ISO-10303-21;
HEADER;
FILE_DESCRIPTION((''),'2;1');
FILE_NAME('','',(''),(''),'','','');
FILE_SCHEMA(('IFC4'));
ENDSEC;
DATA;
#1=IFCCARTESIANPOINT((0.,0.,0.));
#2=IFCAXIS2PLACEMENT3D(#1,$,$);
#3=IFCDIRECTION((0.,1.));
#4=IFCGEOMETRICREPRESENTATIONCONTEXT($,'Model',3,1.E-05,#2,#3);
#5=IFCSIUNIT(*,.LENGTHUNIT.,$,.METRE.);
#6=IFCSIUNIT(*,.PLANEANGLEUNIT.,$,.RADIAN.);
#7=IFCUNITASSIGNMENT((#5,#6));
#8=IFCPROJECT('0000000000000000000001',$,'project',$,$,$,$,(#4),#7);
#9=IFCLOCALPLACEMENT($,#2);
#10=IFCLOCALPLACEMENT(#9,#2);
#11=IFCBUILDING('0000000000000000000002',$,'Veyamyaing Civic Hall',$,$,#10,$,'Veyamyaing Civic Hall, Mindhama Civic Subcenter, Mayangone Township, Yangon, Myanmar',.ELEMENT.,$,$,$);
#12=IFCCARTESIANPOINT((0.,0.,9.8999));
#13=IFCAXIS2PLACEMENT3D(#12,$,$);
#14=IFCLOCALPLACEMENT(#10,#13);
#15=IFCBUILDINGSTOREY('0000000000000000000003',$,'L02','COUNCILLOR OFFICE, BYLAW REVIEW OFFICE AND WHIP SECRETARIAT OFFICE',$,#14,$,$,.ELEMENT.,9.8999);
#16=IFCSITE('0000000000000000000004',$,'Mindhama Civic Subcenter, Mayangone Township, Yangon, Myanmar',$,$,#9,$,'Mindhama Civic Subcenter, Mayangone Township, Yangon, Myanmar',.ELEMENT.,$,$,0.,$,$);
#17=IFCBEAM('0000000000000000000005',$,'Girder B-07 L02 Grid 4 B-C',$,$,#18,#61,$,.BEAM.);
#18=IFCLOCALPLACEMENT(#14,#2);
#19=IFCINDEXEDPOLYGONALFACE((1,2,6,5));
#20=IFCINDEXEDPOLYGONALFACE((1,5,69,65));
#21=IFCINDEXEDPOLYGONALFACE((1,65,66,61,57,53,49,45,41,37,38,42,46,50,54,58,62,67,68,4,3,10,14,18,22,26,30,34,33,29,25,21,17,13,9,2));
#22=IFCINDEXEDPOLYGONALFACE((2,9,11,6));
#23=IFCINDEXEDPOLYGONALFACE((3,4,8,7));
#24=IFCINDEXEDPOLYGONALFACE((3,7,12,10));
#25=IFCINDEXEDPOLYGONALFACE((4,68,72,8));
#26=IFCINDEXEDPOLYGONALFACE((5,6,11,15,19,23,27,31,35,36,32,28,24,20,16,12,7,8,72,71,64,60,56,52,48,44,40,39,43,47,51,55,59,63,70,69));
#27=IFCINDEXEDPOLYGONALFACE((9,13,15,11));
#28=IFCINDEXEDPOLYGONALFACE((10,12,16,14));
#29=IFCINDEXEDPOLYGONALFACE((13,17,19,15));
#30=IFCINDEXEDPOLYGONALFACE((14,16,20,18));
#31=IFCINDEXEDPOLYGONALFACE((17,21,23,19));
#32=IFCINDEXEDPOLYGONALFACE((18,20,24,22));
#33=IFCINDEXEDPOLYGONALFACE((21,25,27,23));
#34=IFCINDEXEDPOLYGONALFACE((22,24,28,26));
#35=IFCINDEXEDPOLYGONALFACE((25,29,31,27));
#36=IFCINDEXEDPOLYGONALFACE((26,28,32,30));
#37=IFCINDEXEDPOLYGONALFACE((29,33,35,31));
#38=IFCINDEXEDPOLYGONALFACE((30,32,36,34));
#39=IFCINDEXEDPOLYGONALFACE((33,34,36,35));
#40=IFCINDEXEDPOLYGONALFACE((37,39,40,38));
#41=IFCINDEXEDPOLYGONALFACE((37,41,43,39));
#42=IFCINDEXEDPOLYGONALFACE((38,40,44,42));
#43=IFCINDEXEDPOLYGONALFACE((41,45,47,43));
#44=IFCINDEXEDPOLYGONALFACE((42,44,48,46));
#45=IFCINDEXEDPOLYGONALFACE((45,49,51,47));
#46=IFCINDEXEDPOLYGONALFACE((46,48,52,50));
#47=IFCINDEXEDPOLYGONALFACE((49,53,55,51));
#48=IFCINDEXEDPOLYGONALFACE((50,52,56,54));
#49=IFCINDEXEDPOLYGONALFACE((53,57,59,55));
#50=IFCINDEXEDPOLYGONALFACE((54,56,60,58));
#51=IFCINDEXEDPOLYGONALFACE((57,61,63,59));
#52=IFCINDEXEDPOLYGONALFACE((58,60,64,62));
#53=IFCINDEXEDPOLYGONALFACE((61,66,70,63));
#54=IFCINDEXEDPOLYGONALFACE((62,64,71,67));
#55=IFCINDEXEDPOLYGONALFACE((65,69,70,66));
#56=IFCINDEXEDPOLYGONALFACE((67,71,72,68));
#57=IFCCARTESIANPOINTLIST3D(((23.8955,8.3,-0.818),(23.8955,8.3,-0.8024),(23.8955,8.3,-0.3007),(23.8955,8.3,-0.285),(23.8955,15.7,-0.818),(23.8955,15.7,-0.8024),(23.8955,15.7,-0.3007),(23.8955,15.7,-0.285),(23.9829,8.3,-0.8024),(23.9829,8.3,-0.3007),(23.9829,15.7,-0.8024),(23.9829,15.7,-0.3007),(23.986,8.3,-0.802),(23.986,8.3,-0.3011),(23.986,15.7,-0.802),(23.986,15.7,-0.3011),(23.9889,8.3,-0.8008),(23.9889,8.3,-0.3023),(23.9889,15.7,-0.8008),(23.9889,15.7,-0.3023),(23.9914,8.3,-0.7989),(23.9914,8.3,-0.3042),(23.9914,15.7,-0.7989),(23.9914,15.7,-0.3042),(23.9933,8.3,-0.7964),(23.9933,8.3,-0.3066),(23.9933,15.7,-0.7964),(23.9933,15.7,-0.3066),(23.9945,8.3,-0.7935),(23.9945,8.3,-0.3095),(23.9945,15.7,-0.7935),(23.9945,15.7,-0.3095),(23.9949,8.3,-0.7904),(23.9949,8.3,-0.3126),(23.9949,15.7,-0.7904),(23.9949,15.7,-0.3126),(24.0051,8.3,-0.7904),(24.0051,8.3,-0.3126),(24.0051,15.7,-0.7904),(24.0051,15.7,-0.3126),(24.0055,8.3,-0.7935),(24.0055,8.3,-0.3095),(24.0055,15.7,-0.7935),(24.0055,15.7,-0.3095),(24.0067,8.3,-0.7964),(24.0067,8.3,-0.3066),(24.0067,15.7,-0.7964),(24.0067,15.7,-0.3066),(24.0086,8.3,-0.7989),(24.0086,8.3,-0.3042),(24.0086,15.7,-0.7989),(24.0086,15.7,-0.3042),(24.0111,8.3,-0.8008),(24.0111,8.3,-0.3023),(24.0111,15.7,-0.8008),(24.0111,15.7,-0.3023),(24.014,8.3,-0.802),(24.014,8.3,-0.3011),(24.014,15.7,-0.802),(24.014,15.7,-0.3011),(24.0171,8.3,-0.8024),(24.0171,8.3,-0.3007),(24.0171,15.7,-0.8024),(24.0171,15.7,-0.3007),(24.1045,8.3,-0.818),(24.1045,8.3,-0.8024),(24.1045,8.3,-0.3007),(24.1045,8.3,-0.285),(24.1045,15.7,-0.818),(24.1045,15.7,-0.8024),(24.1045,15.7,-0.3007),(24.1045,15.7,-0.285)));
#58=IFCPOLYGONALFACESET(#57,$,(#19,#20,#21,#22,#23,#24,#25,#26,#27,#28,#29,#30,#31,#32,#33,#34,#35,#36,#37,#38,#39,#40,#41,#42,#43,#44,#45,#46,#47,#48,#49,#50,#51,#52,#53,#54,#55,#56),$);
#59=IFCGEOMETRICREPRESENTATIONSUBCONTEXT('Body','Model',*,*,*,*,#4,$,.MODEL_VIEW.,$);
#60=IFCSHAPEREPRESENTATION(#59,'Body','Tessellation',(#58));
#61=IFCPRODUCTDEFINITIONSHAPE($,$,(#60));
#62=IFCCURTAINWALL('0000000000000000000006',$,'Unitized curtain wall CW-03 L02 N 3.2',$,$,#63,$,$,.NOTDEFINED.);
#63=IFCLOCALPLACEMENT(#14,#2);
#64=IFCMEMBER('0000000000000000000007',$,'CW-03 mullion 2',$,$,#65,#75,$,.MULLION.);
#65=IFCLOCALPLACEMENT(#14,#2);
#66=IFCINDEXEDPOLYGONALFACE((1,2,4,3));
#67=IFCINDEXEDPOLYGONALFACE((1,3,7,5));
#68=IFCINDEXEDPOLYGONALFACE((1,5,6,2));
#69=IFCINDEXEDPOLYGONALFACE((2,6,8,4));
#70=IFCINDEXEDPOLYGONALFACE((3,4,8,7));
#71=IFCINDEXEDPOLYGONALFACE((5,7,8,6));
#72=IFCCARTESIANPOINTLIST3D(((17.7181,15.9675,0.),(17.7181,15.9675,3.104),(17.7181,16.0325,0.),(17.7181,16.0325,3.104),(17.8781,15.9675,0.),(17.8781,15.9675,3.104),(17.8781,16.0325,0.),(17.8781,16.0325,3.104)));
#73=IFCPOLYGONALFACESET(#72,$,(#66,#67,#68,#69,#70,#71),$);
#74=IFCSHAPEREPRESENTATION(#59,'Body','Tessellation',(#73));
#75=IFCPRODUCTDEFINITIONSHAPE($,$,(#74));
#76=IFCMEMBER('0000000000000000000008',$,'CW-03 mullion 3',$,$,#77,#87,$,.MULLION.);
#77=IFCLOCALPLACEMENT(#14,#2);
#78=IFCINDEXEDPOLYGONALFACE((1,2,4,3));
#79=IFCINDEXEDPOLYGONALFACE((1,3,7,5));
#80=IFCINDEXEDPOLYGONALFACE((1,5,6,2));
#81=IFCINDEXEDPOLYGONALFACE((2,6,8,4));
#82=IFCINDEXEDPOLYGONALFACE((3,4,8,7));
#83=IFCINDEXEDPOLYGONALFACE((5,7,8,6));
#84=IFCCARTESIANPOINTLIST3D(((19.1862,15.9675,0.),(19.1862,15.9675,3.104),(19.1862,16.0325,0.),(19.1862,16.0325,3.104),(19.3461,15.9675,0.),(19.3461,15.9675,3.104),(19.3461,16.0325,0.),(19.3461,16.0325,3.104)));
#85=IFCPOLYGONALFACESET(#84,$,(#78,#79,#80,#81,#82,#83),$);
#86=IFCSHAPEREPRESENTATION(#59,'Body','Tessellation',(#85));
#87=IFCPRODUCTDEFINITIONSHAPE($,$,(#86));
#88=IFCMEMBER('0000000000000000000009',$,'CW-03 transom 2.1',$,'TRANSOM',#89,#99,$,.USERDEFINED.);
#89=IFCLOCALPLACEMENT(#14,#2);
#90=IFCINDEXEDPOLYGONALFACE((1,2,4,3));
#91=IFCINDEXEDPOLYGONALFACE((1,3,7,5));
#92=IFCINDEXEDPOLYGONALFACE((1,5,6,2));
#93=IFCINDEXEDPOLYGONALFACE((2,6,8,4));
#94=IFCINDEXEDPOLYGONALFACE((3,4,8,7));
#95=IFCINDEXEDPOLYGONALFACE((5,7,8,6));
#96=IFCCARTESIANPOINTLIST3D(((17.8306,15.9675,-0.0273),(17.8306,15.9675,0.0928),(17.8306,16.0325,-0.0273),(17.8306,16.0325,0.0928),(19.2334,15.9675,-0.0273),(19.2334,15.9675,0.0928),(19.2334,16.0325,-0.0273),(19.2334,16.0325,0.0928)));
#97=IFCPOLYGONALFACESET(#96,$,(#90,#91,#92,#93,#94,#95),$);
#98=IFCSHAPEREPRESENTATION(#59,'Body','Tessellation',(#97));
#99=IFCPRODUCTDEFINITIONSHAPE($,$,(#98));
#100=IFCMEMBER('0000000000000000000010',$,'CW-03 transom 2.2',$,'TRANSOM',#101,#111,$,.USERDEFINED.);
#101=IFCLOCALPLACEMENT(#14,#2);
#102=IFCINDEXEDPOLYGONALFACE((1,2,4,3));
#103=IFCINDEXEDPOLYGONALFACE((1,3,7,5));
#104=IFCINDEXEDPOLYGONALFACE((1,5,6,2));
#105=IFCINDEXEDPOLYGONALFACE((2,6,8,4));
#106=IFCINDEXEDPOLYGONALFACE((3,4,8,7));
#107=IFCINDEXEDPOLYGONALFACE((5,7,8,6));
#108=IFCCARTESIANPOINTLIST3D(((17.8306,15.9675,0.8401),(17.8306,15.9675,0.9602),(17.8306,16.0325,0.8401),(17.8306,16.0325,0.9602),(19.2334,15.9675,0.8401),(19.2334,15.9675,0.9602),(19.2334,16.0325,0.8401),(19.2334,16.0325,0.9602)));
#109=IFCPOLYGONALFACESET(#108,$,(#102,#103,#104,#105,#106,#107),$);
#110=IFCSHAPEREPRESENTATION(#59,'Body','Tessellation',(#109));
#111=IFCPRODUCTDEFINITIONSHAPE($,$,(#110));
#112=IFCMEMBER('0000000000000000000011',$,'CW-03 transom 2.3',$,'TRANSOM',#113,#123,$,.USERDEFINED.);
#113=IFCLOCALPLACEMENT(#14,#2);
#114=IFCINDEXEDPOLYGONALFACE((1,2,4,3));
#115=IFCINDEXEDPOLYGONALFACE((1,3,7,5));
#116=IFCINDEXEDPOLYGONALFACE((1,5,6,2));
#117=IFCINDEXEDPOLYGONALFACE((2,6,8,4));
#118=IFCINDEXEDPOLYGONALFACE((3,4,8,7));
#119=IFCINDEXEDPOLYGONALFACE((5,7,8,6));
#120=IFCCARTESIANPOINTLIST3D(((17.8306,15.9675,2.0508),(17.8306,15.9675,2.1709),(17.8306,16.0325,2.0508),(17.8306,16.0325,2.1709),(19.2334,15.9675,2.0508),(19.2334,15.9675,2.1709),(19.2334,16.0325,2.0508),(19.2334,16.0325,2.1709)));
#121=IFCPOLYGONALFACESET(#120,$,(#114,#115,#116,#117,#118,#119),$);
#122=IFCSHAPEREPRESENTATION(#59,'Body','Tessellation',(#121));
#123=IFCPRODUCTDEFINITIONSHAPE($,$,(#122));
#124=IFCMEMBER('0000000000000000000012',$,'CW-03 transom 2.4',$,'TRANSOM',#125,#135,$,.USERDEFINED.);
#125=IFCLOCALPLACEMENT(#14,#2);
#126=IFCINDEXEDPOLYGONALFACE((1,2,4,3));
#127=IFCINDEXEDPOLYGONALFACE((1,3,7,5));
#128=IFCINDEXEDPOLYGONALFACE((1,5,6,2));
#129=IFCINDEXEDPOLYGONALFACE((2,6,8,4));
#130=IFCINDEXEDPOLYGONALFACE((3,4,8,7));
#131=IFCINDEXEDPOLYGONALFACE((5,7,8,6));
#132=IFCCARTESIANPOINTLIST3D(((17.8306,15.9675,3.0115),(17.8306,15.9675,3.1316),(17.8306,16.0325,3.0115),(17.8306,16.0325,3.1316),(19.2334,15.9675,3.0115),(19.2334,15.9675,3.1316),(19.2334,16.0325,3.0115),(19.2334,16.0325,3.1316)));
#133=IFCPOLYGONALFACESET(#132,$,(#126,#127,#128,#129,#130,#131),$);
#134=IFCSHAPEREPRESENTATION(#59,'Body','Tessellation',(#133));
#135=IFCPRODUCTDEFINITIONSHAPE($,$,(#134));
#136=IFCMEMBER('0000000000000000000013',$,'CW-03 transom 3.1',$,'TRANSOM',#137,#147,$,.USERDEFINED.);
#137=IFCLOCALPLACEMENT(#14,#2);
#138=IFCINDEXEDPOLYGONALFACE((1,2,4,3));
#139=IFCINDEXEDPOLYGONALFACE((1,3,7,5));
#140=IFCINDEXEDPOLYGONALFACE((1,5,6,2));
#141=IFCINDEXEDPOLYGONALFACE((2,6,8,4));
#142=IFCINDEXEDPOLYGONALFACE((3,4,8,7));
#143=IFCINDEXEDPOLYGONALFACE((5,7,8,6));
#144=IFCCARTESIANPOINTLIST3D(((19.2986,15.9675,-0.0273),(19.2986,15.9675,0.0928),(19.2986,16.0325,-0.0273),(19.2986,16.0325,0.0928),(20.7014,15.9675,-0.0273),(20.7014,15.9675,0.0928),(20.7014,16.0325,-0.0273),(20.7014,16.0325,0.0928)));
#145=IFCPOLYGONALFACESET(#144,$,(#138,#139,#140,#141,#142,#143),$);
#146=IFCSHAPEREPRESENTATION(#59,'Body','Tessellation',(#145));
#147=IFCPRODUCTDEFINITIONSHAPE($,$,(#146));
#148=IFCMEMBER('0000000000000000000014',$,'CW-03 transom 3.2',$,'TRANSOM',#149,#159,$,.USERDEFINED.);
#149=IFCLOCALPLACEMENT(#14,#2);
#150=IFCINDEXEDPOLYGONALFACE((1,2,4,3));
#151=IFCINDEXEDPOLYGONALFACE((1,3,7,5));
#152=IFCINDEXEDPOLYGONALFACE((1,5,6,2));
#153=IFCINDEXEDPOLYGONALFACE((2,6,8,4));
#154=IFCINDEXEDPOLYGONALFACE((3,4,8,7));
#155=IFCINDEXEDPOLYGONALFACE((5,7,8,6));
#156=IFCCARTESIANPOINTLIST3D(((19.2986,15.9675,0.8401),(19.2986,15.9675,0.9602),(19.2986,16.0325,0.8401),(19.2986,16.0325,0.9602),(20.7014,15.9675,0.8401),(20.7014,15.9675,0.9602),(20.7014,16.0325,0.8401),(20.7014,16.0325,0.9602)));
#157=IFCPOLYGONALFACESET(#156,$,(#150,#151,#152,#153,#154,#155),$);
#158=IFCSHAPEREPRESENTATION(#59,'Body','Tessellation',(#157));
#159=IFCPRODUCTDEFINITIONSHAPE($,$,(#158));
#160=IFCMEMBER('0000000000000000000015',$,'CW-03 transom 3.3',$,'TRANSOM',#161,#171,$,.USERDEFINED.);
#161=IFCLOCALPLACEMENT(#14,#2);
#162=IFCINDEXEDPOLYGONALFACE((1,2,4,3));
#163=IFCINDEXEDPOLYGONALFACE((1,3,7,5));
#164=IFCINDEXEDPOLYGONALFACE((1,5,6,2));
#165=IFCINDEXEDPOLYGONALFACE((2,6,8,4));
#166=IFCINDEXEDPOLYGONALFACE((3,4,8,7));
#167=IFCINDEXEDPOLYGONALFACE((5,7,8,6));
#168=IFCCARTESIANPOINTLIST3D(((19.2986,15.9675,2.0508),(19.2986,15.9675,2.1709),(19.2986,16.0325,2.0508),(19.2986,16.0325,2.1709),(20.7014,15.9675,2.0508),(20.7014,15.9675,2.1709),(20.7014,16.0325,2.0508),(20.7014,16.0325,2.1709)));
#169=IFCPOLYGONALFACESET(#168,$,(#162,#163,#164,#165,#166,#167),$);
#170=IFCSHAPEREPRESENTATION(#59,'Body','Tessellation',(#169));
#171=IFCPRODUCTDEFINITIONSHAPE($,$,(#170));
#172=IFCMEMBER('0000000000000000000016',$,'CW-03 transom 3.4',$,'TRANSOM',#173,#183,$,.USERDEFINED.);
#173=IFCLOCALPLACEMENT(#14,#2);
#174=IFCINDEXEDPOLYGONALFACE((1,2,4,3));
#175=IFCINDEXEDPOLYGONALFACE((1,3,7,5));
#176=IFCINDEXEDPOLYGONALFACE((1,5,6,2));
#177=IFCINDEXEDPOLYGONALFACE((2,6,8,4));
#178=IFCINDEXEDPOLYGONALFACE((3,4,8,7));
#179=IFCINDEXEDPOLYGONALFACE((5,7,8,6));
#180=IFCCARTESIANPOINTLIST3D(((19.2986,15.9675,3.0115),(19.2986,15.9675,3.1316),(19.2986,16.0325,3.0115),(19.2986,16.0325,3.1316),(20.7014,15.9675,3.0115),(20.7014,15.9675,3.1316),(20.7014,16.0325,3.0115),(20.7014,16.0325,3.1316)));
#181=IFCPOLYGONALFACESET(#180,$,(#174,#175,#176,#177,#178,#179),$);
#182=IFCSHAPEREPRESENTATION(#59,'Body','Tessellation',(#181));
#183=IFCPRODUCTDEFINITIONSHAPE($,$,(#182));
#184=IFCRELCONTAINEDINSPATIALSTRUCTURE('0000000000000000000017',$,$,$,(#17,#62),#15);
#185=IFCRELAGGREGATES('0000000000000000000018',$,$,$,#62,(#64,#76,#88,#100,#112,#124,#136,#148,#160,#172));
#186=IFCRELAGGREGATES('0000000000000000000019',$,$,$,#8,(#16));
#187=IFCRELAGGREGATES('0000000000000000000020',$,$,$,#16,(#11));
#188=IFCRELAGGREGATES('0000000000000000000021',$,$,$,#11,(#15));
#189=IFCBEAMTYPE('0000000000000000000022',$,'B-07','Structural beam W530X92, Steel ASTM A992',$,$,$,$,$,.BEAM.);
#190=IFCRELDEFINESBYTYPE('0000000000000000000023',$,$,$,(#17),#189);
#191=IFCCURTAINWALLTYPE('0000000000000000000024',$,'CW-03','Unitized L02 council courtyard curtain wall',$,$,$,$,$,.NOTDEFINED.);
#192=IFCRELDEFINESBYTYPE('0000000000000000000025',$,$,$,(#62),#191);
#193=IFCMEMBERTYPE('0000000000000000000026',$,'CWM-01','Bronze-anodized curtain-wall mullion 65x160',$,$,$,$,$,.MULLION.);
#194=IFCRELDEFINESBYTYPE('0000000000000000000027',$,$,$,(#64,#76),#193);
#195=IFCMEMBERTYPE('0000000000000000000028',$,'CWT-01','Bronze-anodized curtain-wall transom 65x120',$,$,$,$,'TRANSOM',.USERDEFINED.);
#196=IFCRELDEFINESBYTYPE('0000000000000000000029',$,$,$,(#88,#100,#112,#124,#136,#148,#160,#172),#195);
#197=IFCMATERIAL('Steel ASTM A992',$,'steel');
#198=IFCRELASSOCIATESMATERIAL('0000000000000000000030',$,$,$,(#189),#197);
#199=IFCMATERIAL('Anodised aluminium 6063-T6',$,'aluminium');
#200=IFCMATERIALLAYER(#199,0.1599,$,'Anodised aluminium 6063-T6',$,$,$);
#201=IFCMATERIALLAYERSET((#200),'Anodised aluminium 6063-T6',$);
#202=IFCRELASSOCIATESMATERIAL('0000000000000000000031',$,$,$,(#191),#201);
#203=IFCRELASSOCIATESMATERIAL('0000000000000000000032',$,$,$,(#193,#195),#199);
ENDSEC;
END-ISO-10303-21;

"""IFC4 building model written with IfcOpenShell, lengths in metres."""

from ifc_helpers import new_model, si_unit, direction, frame, origin, origin_2d, place, context, subcontext, project, spatial, rectangle, i_section, extrude, material, layer, layer_set, material_profile, profile_set, type_object, element, aggregate, save


model = new_model("IFC4")

# Units and contexts
model_context = context("Model", 3, precision=1e-05, world=origin(), true_north=direction((0.0, 1.0)))
body_context = subcontext(model_context, "Body", "Model", "MODEL_VIEW")
ifc_project = project(units=[si_unit("LENGTHUNIT", "METRE"), si_unit("PLANEANGLEUNIT", "RADIAN")], contexts=[model_context])

# Site, building, storey
site_placement = place(None, origin())
site = spatial("IfcSite", under=ifc_project, at=site_placement, Name="Mindhama Civic Subcenter, Mayangone Township, Yangon, Myanmar", LongName="Mindhama Civic Subcenter, Mayangone Township, Yangon, Myanmar", CompositionType="ELEMENT", RefElevation=0.0)
building_placement = place(site_placement, origin())
building = spatial("IfcBuilding", under=site, at=building_placement, Name="Veyamyaing Civic Hall", LongName="Veyamyaing Civic Hall, Mindhama Civic Subcenter, Mayangone Township, Yangon, Myanmar", CompositionType="ELEMENT")
storey_placement = place(building_placement, frame((0.0, 0.0, 9.8999)))
storey = spatial("IfcBuildingStorey", under=building, at=storey_placement, Name="L02", Description="COUNCILLOR OFFICE, BYLAW REVIEW OFFICE AND WHIP SECRETARIAT OFFICE", CompositionType="ELEMENT", Elevation=9.8999)

# Beam
ifc_material_1 = material(Name="Steel ASTM A992", Category="steel")
ifc_material_profile_1 = material_profile(ifc_material_1, i_section(OverallWidth=0.209, OverallDepth=0.533, WebThickness=0.0103, FlangeThickness=0.0156, FilletRadius=0.012, at=origin_2d()), Name="W530X92")
ifc_profile_set_1 = profile_set([ifc_material_profile_1], Name="Steel ASTM A992")
beam_type_1 = type_object("IfcBeamType", Name="B-07", Description="Structural beam W530X92, Steel ASTM A992", PredefinedType="BEAM", material=ifc_profile_set_1)
beam_placement = place(storey_placement, frame((24.0, 8.3, -0.5515), z_axis=(0.0, 1.0, 0.0), x_axis=(-1.0, 0.0, 0.0)))
element("IfcBeam", 1, at=beam_placement, inside=storey, type_object=beam_type_1, Name="Girder B-07 L02 Grid 4 B-C", PredefinedType="BEAM", context=body_context, shape_type="SweptSolid", body=[
    extrude(i_section(OverallWidth=0.209, OverallDepth=0.533, WebThickness=0.0103, FlangeThickness=0.0156, FilletRadius=0.012, at=origin_2d()), origin(), (0.0, 0.0, 1.0), 7.3999),
])

# Curtain wall, members
ifc_material_2 = material(Name="Anodised aluminium 6063-T6", Category="aluminium")
ifc_layer_1 = layer(ifc_material_2, 0.1599, Name="Anodised aluminium 6063-T6")
ifc_layer_set_1 = layer_set([ifc_layer_1], Name="Anodised aluminium 6063-T6")
curtain_wall_type = type_object("IfcCurtainWallType", Name="CW-03", Description="Unitized L02 council courtyard curtain wall", PredefinedType="NOTDEFINED", material=ifc_layer_set_1)
curtain_wall_placement = place(storey_placement, origin())
curtain_wall = element("IfcCurtainWall", 2, at=curtain_wall_placement, inside=storey, type_object=curtain_wall_type, Name="Unitized curtain wall CW-03 L02 N 3.2", PredefinedType="NOTDEFINED")
ifc_material_profile_2 = material_profile(ifc_material_2, rectangle(XDim=0.0649, YDim=0.1599, at=origin_2d()), Name="ALU-MUL-65X160")
ifc_profile_set_2 = profile_set([ifc_material_profile_2], Name="Anodised aluminium 6063-T6")
member_type_1 = type_object("IfcMemberType", Name="CWM-01", Description="Bronze-anodized curtain-wall mullion 65x160", PredefinedType="MULLION", material=ifc_profile_set_2)
member_1_placement = place(storey_placement, frame((17.7981, 16.0, 0.0), z_axis=(0.0, 0.0, 1.0), x_axis=(0.0, 1.0, 0.0)))
member_1 = element("IfcMember", 3, at=member_1_placement, type_object=member_type_1, Name="CW-03 mullion 2", PredefinedType="MULLION", context=body_context, shape_type="SweptSolid", body=[
    extrude(rectangle(XDim=0.0649, YDim=0.1599, at=origin_2d()), origin(), (0.0, 0.0, 1.0), 3.104),
])
member_2_placement = place(storey_placement, frame((19.2661, 16.0, 0.0), z_axis=(0.0, 0.0, 1.0), x_axis=(0.0, 1.0, 0.0)))
member_2 = element("IfcMember", 4, at=member_2_placement, type_object=member_type_1, Name="CW-03 mullion 3", PredefinedType="MULLION", context=body_context, shape_type="SweptSolid", body=[
    extrude(rectangle(XDim=0.0649, YDim=0.1599, at=origin_2d()), origin(), (0.0, 0.0, 1.0), 3.104),
])
ifc_material_profile_3 = material_profile(ifc_material_2, rectangle(XDim=0.0649, YDim=0.1201, at=origin_2d()), Name="ALU-TRN-65X120")
ifc_profile_set_3 = profile_set([ifc_material_profile_3], Name="Anodised aluminium 6063-T6")
member_type_2 = type_object("IfcMemberType", Name="CWT-01", Description="Bronze-anodized curtain-wall transom 65x120", ElementType="TRANSOM", PredefinedType="USERDEFINED", material=ifc_profile_set_3)
member_3_placement = place(storey_placement, frame((17.8306, 16.0, 0.0327), z_axis=(1.0, 0.0, 0.0), x_axis=(0.0, 1.0, 0.0)))
member_3 = element("IfcMember", 5, at=member_3_placement, type_object=member_type_2, Name="CW-03 transom 2.1", ObjectType="TRANSOM", PredefinedType="USERDEFINED", context=body_context, shape_type="SweptSolid", body=[
    extrude(rectangle(XDim=0.0649, YDim=0.1201, at=origin_2d()), origin(), (0.0, 0.0, 1.0), 1.4028),
])
member_4_placement = place(storey_placement, frame((17.8306, 16.0, 0.9001), z_axis=(1.0, 0.0, 0.0), x_axis=(0.0, 1.0, 0.0)))
member_4 = element("IfcMember", 6, at=member_4_placement, type_object=member_type_2, Name="CW-03 transom 2.2", ObjectType="TRANSOM", PredefinedType="USERDEFINED", context=body_context, shape_type="SweptSolid", body=[
    extrude(rectangle(XDim=0.0649, YDim=0.1201, at=origin_2d()), origin(), (0.0, 0.0, 1.0), 1.4028),
])
member_5_placement = place(storey_placement, frame((17.8306, 16.0, 2.1108), z_axis=(1.0, 0.0, 0.0), x_axis=(0.0, 1.0, 0.0)))
member_5 = element("IfcMember", 7, at=member_5_placement, type_object=member_type_2, Name="CW-03 transom 2.3", ObjectType="TRANSOM", PredefinedType="USERDEFINED", context=body_context, shape_type="SweptSolid", body=[
    extrude(rectangle(XDim=0.0649, YDim=0.1201, at=origin_2d()), origin(), (0.0, 0.0, 1.0), 1.4028),
])
member_6_placement = place(storey_placement, frame((17.8306, 16.0, 3.0715), z_axis=(1.0, 0.0, 0.0), x_axis=(0.0, 1.0, 0.0)))
member_6 = element("IfcMember", 8, at=member_6_placement, type_object=member_type_2, Name="CW-03 transom 2.4", ObjectType="TRANSOM", PredefinedType="USERDEFINED", context=body_context, shape_type="SweptSolid", body=[
    extrude(rectangle(XDim=0.0649, YDim=0.1201, at=origin_2d()), origin(), (0.0, 0.0, 1.0), 1.4028),
])
member_7_placement = place(storey_placement, frame((19.2986, 16.0, 0.0327), z_axis=(1.0, 0.0, 0.0), x_axis=(0.0, 1.0, 0.0)))
member_7 = element("IfcMember", 9, at=member_7_placement, type_object=member_type_2, Name="CW-03 transom 3.1", ObjectType="TRANSOM", PredefinedType="USERDEFINED", context=body_context, shape_type="SweptSolid", body=[
    extrude(rectangle(XDim=0.0649, YDim=0.1201, at=origin_2d()), origin(), (0.0, 0.0, 1.0), 1.4028),
])
member_8_placement = place(storey_placement, frame((19.2986, 16.0, 0.9001), z_axis=(1.0, 0.0, 0.0), x_axis=(0.0, 1.0, 0.0)))
member_8 = element("IfcMember", 10, at=member_8_placement, type_object=member_type_2, Name="CW-03 transom 3.2", ObjectType="TRANSOM", PredefinedType="USERDEFINED", context=body_context, shape_type="SweptSolid", body=[
    extrude(rectangle(XDim=0.0649, YDim=0.1201, at=origin_2d()), origin(), (0.0, 0.0, 1.0), 1.4028),
])
member_9_placement = place(storey_placement, frame((19.2986, 16.0, 2.1108), z_axis=(1.0, 0.0, 0.0), x_axis=(0.0, 1.0, 0.0)))
member_9 = element("IfcMember", 11, at=member_9_placement, type_object=member_type_2, Name="CW-03 transom 3.3", ObjectType="TRANSOM", PredefinedType="USERDEFINED", context=body_context, shape_type="SweptSolid", body=[
    extrude(rectangle(XDim=0.0649, YDim=0.1201, at=origin_2d()), origin(), (0.0, 0.0, 1.0), 1.4028),
])
member_10_placement = place(storey_placement, frame((19.2986, 16.0, 3.0715), z_axis=(1.0, 0.0, 0.0), x_axis=(0.0, 1.0, 0.0)))
member_10 = element("IfcMember", 12, at=member_10_placement, type_object=member_type_2, Name="CW-03 transom 3.4", ObjectType="TRANSOM", PredefinedType="USERDEFINED", context=body_context, shape_type="SweptSolid", body=[
    extrude(rectangle(XDim=0.0649, YDim=0.1201, at=origin_2d()), origin(), (0.0, 0.0, 1.0), 1.4028),
])

aggregate(curtain_wall, [member_1, member_2, member_3, member_4, member_5, member_6, member_7, member_8, member_9, member_10])

save(model, "model.ifc")
